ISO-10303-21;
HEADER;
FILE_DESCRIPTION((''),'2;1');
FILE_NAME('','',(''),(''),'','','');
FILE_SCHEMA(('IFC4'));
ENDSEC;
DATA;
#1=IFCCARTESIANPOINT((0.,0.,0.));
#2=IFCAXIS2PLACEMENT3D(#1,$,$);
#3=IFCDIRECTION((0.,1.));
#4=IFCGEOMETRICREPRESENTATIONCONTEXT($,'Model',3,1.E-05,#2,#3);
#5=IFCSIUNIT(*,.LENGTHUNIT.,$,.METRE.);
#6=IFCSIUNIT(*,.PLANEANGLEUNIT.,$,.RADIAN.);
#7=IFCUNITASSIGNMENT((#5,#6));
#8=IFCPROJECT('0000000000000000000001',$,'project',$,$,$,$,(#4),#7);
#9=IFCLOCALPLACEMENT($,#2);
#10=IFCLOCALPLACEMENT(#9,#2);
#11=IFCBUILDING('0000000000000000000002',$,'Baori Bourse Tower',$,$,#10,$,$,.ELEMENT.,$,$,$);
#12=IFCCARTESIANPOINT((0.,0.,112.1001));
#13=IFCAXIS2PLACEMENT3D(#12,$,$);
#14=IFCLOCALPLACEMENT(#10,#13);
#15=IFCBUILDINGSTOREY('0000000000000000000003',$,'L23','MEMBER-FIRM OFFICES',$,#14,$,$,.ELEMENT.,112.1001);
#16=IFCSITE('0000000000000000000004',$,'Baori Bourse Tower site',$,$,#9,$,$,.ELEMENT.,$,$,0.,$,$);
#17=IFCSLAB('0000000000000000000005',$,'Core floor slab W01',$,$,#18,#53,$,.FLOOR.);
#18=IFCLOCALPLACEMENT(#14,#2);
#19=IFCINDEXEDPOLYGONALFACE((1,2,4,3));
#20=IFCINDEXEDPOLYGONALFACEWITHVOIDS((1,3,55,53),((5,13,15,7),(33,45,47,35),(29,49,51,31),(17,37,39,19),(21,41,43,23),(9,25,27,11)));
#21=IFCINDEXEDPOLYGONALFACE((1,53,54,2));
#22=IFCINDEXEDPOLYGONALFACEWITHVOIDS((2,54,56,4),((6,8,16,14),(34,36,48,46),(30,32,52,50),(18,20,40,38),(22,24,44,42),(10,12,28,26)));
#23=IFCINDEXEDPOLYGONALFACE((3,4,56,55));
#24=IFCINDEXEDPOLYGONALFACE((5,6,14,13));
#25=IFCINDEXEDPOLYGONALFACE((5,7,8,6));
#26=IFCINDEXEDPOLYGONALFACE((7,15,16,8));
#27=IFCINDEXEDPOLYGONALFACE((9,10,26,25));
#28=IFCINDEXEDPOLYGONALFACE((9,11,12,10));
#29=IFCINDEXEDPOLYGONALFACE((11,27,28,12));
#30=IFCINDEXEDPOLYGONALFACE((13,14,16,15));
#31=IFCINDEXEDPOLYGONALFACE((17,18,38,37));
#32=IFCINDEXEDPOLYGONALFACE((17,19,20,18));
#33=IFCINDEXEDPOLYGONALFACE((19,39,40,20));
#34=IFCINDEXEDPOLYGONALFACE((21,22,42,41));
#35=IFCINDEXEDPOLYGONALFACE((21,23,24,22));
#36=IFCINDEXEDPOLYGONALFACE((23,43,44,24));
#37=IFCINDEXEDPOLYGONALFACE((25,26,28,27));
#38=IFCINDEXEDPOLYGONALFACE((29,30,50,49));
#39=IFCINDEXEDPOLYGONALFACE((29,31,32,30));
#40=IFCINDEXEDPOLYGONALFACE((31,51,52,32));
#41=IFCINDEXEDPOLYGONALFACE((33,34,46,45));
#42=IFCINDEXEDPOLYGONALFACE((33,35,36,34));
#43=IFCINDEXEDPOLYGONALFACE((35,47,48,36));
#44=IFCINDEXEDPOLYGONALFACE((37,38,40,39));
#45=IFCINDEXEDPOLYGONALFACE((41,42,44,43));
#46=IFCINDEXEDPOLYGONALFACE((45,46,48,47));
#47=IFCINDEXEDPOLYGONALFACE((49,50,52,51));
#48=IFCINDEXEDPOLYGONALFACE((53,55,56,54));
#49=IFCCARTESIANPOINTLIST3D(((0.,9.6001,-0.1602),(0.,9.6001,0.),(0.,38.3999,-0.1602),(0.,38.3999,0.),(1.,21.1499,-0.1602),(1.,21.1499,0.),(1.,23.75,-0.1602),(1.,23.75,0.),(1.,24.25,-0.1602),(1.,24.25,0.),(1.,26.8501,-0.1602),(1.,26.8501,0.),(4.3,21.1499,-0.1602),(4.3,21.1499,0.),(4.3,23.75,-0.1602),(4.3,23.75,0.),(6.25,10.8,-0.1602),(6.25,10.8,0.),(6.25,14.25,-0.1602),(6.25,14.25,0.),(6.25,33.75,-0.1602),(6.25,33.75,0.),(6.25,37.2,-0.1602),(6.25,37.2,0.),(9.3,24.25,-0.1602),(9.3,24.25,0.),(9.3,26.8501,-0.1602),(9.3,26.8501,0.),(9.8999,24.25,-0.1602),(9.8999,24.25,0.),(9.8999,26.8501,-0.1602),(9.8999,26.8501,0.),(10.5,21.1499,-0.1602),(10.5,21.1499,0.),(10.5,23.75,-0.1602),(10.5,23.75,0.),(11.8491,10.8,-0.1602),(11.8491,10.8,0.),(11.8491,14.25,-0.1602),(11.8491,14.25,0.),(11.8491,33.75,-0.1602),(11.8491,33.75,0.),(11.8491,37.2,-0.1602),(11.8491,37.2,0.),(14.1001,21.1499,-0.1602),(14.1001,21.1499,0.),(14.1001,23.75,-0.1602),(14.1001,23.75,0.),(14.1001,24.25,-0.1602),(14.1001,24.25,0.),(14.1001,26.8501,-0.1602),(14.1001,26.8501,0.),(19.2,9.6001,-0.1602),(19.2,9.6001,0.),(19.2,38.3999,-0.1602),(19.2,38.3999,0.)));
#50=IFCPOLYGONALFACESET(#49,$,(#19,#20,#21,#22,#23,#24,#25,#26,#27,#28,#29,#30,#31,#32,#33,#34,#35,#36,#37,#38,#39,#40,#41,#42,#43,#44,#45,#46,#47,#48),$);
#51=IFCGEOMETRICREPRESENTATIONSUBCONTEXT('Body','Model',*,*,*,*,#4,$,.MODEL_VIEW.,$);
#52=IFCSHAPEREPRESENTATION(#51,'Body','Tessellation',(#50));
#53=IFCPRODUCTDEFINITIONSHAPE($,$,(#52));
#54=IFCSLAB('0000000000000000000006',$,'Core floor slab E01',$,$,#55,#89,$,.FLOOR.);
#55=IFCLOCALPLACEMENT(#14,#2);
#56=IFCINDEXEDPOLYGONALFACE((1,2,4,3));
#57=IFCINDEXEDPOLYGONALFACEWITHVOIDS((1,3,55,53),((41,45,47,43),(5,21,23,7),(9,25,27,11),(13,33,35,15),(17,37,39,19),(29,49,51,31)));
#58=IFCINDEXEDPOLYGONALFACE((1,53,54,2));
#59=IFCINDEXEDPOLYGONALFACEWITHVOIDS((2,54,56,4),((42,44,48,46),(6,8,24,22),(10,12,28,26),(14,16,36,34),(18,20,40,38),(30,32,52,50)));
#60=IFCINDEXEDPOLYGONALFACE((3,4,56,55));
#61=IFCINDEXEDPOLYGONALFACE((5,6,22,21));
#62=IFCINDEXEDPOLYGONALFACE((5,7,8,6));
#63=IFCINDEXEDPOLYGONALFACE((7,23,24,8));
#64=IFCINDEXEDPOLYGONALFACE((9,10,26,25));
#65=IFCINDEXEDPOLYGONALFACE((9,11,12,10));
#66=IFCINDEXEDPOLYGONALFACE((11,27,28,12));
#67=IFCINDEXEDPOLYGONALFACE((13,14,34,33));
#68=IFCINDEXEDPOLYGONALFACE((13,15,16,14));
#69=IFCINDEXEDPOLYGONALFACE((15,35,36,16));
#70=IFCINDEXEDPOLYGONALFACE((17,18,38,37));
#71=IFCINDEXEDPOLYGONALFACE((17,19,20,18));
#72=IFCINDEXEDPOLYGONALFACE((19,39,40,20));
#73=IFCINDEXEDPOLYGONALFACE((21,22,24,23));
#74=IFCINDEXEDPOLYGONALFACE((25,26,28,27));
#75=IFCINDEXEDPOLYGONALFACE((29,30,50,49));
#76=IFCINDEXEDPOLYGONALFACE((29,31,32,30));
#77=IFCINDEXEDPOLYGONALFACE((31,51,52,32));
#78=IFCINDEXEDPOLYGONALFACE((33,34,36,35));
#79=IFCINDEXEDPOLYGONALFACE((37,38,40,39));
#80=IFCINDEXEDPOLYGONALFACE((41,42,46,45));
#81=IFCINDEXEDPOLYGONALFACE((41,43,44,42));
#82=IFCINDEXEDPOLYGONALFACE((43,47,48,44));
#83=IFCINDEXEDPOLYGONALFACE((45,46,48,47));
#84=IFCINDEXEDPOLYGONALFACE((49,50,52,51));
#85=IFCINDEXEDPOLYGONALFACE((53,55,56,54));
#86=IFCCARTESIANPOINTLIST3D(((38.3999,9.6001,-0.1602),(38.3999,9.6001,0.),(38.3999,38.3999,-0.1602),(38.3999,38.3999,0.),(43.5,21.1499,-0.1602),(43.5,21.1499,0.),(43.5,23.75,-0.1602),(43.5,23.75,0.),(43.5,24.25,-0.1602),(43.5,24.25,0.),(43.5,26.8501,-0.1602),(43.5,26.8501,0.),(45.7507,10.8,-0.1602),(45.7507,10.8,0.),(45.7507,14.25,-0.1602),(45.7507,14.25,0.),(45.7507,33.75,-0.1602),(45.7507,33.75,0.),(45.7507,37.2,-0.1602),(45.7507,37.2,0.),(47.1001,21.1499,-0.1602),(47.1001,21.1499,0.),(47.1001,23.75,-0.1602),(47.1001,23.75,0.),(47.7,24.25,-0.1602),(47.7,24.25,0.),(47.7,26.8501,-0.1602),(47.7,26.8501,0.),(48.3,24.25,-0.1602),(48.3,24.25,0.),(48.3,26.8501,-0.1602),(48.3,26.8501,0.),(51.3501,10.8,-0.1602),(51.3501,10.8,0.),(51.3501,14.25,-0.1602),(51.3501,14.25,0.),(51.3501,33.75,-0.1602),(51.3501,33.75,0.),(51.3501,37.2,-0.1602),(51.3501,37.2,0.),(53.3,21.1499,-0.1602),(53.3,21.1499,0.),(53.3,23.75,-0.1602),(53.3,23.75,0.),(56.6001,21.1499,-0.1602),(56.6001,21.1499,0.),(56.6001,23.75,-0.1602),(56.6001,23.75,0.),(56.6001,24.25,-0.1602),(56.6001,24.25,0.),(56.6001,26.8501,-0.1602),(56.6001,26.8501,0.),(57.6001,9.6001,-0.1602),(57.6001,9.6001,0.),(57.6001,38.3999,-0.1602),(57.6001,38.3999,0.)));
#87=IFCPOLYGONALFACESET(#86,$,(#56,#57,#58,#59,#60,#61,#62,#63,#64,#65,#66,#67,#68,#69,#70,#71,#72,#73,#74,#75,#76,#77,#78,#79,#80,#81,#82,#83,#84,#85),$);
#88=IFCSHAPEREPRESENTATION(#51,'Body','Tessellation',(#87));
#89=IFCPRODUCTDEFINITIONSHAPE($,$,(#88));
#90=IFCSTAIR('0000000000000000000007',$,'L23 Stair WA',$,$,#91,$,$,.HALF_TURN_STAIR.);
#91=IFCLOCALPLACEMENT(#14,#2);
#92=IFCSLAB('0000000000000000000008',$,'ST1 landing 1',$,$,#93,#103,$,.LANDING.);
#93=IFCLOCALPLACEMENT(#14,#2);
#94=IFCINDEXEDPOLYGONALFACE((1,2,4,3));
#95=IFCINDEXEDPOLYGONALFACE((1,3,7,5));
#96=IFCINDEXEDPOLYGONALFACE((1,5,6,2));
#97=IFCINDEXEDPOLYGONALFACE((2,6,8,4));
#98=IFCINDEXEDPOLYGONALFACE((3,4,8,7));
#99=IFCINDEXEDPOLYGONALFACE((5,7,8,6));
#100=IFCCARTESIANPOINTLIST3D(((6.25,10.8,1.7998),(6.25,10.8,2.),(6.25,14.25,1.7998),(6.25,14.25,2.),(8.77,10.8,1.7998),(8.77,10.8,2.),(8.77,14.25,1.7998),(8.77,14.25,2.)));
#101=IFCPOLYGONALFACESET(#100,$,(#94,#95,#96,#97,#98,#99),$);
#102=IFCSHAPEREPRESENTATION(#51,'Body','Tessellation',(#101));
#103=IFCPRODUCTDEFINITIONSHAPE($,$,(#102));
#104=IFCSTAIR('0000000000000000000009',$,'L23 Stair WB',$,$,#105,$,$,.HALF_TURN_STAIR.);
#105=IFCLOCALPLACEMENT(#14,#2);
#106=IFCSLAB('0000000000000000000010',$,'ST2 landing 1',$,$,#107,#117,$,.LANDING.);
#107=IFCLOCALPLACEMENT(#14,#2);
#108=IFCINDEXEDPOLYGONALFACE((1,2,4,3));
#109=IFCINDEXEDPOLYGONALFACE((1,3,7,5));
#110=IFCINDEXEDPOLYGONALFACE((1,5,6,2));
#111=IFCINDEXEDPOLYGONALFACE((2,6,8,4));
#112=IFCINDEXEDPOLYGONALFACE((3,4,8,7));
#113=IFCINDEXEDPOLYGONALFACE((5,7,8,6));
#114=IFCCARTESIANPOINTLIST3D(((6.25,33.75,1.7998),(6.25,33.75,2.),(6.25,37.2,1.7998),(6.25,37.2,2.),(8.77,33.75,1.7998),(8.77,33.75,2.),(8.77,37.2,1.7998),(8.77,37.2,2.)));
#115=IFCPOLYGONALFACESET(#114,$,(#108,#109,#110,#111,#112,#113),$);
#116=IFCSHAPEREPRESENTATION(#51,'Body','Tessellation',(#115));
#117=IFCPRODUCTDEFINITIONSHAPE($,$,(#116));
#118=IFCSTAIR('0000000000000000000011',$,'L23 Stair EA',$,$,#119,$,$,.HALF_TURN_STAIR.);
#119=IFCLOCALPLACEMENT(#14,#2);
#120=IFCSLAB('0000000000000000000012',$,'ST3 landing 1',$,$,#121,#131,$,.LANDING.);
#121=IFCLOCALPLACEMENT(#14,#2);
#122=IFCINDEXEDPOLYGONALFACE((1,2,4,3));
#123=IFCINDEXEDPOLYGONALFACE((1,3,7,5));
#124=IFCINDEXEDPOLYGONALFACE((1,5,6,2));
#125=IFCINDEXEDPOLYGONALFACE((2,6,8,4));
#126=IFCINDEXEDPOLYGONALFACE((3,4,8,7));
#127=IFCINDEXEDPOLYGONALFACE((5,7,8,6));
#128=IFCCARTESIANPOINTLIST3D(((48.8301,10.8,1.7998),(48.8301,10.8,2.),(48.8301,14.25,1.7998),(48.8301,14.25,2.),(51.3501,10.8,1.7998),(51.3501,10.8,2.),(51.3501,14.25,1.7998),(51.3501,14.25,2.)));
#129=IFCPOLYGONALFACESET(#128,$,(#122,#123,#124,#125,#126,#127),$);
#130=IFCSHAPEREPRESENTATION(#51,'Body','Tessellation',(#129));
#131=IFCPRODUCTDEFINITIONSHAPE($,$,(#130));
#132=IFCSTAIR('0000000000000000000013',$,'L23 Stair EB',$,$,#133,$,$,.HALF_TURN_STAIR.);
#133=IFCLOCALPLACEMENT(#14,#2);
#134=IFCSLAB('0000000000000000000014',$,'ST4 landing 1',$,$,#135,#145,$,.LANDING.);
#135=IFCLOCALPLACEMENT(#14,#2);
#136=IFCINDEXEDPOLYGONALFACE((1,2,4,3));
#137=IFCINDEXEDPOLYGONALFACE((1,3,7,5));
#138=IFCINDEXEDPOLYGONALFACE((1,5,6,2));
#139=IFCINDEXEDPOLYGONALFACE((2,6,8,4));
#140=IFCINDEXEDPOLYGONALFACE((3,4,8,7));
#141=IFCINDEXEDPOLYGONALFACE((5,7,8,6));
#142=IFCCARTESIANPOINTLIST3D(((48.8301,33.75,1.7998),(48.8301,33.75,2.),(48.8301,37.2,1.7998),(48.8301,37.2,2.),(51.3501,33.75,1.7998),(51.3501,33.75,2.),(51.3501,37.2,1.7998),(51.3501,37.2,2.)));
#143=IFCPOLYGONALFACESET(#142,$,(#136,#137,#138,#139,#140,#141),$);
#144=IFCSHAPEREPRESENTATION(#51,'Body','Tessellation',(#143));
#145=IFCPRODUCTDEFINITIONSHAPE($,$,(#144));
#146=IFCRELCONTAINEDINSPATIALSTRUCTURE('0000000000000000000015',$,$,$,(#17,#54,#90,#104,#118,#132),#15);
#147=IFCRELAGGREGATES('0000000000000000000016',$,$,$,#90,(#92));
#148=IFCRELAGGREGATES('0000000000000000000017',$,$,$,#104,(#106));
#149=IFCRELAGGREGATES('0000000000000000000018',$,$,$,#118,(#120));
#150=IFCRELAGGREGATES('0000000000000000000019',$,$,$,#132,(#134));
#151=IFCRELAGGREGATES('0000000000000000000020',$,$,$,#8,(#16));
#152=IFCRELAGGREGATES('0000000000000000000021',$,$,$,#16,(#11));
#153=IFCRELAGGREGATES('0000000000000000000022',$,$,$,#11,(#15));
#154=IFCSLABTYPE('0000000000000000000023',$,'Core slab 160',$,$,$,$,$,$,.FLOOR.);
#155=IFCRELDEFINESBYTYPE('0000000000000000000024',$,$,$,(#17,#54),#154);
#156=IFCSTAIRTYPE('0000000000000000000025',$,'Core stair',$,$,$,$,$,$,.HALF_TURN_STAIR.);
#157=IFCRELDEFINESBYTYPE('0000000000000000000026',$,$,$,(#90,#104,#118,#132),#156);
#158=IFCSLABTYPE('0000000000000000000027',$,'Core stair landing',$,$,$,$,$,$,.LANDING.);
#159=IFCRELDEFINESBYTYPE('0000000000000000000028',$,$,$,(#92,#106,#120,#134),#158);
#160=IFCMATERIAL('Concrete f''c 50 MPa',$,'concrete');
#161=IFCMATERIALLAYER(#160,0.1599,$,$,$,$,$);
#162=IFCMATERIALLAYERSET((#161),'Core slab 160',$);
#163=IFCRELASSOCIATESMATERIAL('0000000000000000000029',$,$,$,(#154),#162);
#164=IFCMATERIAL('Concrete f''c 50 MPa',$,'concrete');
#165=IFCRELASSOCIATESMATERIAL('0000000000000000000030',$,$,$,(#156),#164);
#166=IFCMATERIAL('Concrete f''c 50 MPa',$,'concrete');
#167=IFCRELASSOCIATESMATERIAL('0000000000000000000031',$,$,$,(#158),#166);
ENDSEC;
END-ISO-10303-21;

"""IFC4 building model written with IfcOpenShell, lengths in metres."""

from ifc_helpers import new_model, si_unit, direction, frame, origin, place, context, subcontext, project, spatial, polyline, outline, extrude, material, layer, layer_set, type_object, element, aggregate, save


model = new_model("IFC4")

# Units and contexts
model_context = context("Model", 3, precision=1e-05, world=origin(), true_north=direction((0.0, 1.0)))
body_context = subcontext(model_context, "Body", "Model", "MODEL_VIEW")
ifc_project = project(units=[si_unit("LENGTHUNIT", "METRE"), si_unit("PLANEANGLEUNIT", "RADIAN")], contexts=[model_context])

# Site, building, storey
site_placement = place(None, origin())
site = spatial("IfcSite", under=ifc_project, at=site_placement, Name="Baori Bourse Tower site", CompositionType="ELEMENT", RefElevation=0.0)
building_placement = place(site_placement, origin())
building = spatial("IfcBuilding", under=site, at=building_placement, Name="Baori Bourse Tower", CompositionType="ELEMENT")
storey_placement = place(building_placement, frame((0.0, 0.0, 112.1001)))
storey = spatial("IfcBuildingStorey", under=building, at=storey_placement, Name="L23", Description="MEMBER-FIRM OFFICES", CompositionType="ELEMENT", Elevation=112.1001)

# Slabs
ifc_material_1 = material(Name="Concrete f'c 50 MPa", Category="concrete")
ifc_layer_1 = layer(ifc_material_1, 0.1599)
ifc_layer_set_1 = layer_set([ifc_layer_1], Name="Core slab 160")
slab_type_1 = type_object("IfcSlabType", Name="Core slab 160", PredefinedType="FLOOR", material=ifc_layer_set_1)
slab_1_placement = place(storey_placement, frame((0.0, 0.0, -0.1602)))
element("IfcSlab", 1, at=slab_1_placement, inside=storey, type_object=slab_type_1, Name="Core floor slab W01", PredefinedType="FLOOR", context=body_context, shape_type="SweptSolid", body=[
    extrude(outline(polyline([(0.0, 38.3999), (0.0, 9.6001), (19.2, 9.6001), (19.2, 38.3999), (0.0, 38.3999)]), holes=[polyline([(10.5, 21.1499), (10.5, 23.75), (14.1001, 23.75), (14.1001, 21.1499), (10.5, 21.1499)]), polyline([(14.1001, 24.25), (9.8999, 24.25), (9.8999, 26.8501), (14.1001, 26.8501), (14.1001, 24.25)]), polyline([(6.25, 14.25), (11.8491, 14.25), (11.8491, 10.8), (6.25, 10.8), (6.25, 14.25)]), polyline([(11.8491, 37.2), (11.8491, 33.75), (6.25, 33.75), (6.25, 37.2), (11.8491, 37.2)]), polyline([(1.0, 26.8501), (9.3, 26.8501), (9.3, 24.25), (1.0, 24.25), (1.0, 26.8501)]), polyline([(4.3, 23.75), (4.3, 21.1499), (1.0, 21.1499), (1.0, 23.75), (4.3, 23.75)])]), origin(), (0.0, 0.0, 1.0), 0.1602),
])
slab_2_placement = place(storey_placement, frame((0.0, 0.0, -0.1602)))
element("IfcSlab", 2, at=slab_2_placement, inside=storey, type_object=slab_type_1, Name="Core floor slab E01", PredefinedType="FLOOR", context=body_context, shape_type="SweptSolid", body=[
    extrude(outline(polyline([(57.6001, 38.3999), (38.3999, 38.3999), (38.3999, 9.6001), (57.6001, 9.6001), (57.6001, 38.3999)]), holes=[polyline([(56.6001, 21.1499), (53.3, 21.1499), (53.3, 23.75), (56.6001, 23.75), (56.6001, 21.1499)]), polyline([(56.6001, 26.8501), (56.6001, 24.25), (48.3, 24.25), (48.3, 26.8501), (56.6001, 26.8501)]), polyline([(45.7507, 14.25), (51.3501, 14.25), (51.3501, 10.8), (45.7507, 10.8), (45.7507, 14.25)]), polyline([(51.3501, 37.2), (51.3501, 33.75), (45.7507, 33.75), (45.7507, 37.2), (51.3501, 37.2)]), polyline([(43.5, 24.25), (43.5, 26.8501), (47.7, 26.8501), (47.7, 24.25), (43.5, 24.25)]), polyline([(43.5, 23.75), (47.1001, 23.75), (47.1001, 21.1499), (43.5, 21.1499), (43.5, 23.75)])]), origin(), (0.0, 0.0, 1.0), 0.1602),
])

# Stairs, slabs
ifc_material_2 = material(Name="Concrete f'c 50 MPa", Category="concrete")
stair_type = type_object("IfcStairType", Name="Core stair", PredefinedType="HALF_TURN_STAIR", material=ifc_material_2)
stair_1_placement = place(storey_placement, origin())
stair_1 = element("IfcStair", 3, at=stair_1_placement, inside=storey, type_object=stair_type, Name="L23 Stair WA", PredefinedType="HALF_TURN_STAIR")
ifc_material_3 = material(Name="Concrete f'c 50 MPa", Category="concrete")
slab_type_2 = type_object("IfcSlabType", Name="Core stair landing", PredefinedType="LANDING", material=ifc_material_3)
slab_3_placement = place(storey_placement, frame((0.0, 0.0, 1.7998)))
slab_3 = element("IfcSlab", 4, at=slab_3_placement, type_object=slab_type_2, Name="ST1 landing 1", PredefinedType="LANDING", context=body_context, shape_type="SweptSolid", body=[
    extrude(outline(polyline([(8.77, 14.25), (6.25, 14.25), (6.25, 10.8), (8.77, 10.8), (8.77, 14.25)])), origin(), (0.0, 0.0, 1.0), 0.2002),
])
aggregate(stair_1, [slab_3])
stair_2_placement = place(storey_placement, origin())
stair_2 = element("IfcStair", 5, at=stair_2_placement, inside=storey, type_object=stair_type, Name="L23 Stair WB", PredefinedType="HALF_TURN_STAIR")
slab_4_placement = place(storey_placement, frame((0.0, 0.0, 1.7998)))
slab_4 = element("IfcSlab", 6, at=slab_4_placement, type_object=slab_type_2, Name="ST2 landing 1", PredefinedType="LANDING", context=body_context, shape_type="SweptSolid", body=[
    extrude(outline(polyline([(8.77, 37.2), (6.25, 37.2), (6.25, 33.75), (8.77, 33.75), (8.77, 37.2)])), origin(), (0.0, 0.0, 1.0), 0.2002),
])
aggregate(stair_2, [slab_4])
stair_3_placement = place(storey_placement, origin())
stair_3 = element("IfcStair", 7, at=stair_3_placement, inside=storey, type_object=stair_type, Name="L23 Stair EA", PredefinedType="HALF_TURN_STAIR")
slab_5_placement = place(storey_placement, frame((0.0, 0.0, 1.7998)))
slab_5 = element("IfcSlab", 8, at=slab_5_placement, type_object=slab_type_2, Name="ST3 landing 1", PredefinedType="LANDING", context=body_context, shape_type="SweptSolid", body=[
    extrude(outline(polyline([(48.8301, 10.8), (51.3501, 10.8), (51.3501, 14.25), (48.8301, 14.25), (48.8301, 10.8)])), origin(), (0.0, 0.0, 1.0), 0.2002),
])
aggregate(stair_3, [slab_5])
stair_4_placement = place(storey_placement, origin())
stair_4 = element("IfcStair", 9, at=stair_4_placement, inside=storey, type_object=stair_type, Name="L23 Stair EB", PredefinedType="HALF_TURN_STAIR")
slab_6_placement = place(storey_placement, frame((0.0, 0.0, 1.7998)))
slab_6 = element("IfcSlab", 10, at=slab_6_placement, type_object=slab_type_2, Name="ST4 landing 1", PredefinedType="LANDING", context=body_context, shape_type="SweptSolid", body=[
    extrude(outline(polyline([(48.8301, 33.75), (51.3501, 33.75), (51.3501, 37.2), (48.8301, 37.2), (48.8301, 33.75)])), origin(), (0.0, 0.0, 1.0), 0.2002),
])
aggregate(stair_4, [slab_6])

save(model, "model.ifc")
